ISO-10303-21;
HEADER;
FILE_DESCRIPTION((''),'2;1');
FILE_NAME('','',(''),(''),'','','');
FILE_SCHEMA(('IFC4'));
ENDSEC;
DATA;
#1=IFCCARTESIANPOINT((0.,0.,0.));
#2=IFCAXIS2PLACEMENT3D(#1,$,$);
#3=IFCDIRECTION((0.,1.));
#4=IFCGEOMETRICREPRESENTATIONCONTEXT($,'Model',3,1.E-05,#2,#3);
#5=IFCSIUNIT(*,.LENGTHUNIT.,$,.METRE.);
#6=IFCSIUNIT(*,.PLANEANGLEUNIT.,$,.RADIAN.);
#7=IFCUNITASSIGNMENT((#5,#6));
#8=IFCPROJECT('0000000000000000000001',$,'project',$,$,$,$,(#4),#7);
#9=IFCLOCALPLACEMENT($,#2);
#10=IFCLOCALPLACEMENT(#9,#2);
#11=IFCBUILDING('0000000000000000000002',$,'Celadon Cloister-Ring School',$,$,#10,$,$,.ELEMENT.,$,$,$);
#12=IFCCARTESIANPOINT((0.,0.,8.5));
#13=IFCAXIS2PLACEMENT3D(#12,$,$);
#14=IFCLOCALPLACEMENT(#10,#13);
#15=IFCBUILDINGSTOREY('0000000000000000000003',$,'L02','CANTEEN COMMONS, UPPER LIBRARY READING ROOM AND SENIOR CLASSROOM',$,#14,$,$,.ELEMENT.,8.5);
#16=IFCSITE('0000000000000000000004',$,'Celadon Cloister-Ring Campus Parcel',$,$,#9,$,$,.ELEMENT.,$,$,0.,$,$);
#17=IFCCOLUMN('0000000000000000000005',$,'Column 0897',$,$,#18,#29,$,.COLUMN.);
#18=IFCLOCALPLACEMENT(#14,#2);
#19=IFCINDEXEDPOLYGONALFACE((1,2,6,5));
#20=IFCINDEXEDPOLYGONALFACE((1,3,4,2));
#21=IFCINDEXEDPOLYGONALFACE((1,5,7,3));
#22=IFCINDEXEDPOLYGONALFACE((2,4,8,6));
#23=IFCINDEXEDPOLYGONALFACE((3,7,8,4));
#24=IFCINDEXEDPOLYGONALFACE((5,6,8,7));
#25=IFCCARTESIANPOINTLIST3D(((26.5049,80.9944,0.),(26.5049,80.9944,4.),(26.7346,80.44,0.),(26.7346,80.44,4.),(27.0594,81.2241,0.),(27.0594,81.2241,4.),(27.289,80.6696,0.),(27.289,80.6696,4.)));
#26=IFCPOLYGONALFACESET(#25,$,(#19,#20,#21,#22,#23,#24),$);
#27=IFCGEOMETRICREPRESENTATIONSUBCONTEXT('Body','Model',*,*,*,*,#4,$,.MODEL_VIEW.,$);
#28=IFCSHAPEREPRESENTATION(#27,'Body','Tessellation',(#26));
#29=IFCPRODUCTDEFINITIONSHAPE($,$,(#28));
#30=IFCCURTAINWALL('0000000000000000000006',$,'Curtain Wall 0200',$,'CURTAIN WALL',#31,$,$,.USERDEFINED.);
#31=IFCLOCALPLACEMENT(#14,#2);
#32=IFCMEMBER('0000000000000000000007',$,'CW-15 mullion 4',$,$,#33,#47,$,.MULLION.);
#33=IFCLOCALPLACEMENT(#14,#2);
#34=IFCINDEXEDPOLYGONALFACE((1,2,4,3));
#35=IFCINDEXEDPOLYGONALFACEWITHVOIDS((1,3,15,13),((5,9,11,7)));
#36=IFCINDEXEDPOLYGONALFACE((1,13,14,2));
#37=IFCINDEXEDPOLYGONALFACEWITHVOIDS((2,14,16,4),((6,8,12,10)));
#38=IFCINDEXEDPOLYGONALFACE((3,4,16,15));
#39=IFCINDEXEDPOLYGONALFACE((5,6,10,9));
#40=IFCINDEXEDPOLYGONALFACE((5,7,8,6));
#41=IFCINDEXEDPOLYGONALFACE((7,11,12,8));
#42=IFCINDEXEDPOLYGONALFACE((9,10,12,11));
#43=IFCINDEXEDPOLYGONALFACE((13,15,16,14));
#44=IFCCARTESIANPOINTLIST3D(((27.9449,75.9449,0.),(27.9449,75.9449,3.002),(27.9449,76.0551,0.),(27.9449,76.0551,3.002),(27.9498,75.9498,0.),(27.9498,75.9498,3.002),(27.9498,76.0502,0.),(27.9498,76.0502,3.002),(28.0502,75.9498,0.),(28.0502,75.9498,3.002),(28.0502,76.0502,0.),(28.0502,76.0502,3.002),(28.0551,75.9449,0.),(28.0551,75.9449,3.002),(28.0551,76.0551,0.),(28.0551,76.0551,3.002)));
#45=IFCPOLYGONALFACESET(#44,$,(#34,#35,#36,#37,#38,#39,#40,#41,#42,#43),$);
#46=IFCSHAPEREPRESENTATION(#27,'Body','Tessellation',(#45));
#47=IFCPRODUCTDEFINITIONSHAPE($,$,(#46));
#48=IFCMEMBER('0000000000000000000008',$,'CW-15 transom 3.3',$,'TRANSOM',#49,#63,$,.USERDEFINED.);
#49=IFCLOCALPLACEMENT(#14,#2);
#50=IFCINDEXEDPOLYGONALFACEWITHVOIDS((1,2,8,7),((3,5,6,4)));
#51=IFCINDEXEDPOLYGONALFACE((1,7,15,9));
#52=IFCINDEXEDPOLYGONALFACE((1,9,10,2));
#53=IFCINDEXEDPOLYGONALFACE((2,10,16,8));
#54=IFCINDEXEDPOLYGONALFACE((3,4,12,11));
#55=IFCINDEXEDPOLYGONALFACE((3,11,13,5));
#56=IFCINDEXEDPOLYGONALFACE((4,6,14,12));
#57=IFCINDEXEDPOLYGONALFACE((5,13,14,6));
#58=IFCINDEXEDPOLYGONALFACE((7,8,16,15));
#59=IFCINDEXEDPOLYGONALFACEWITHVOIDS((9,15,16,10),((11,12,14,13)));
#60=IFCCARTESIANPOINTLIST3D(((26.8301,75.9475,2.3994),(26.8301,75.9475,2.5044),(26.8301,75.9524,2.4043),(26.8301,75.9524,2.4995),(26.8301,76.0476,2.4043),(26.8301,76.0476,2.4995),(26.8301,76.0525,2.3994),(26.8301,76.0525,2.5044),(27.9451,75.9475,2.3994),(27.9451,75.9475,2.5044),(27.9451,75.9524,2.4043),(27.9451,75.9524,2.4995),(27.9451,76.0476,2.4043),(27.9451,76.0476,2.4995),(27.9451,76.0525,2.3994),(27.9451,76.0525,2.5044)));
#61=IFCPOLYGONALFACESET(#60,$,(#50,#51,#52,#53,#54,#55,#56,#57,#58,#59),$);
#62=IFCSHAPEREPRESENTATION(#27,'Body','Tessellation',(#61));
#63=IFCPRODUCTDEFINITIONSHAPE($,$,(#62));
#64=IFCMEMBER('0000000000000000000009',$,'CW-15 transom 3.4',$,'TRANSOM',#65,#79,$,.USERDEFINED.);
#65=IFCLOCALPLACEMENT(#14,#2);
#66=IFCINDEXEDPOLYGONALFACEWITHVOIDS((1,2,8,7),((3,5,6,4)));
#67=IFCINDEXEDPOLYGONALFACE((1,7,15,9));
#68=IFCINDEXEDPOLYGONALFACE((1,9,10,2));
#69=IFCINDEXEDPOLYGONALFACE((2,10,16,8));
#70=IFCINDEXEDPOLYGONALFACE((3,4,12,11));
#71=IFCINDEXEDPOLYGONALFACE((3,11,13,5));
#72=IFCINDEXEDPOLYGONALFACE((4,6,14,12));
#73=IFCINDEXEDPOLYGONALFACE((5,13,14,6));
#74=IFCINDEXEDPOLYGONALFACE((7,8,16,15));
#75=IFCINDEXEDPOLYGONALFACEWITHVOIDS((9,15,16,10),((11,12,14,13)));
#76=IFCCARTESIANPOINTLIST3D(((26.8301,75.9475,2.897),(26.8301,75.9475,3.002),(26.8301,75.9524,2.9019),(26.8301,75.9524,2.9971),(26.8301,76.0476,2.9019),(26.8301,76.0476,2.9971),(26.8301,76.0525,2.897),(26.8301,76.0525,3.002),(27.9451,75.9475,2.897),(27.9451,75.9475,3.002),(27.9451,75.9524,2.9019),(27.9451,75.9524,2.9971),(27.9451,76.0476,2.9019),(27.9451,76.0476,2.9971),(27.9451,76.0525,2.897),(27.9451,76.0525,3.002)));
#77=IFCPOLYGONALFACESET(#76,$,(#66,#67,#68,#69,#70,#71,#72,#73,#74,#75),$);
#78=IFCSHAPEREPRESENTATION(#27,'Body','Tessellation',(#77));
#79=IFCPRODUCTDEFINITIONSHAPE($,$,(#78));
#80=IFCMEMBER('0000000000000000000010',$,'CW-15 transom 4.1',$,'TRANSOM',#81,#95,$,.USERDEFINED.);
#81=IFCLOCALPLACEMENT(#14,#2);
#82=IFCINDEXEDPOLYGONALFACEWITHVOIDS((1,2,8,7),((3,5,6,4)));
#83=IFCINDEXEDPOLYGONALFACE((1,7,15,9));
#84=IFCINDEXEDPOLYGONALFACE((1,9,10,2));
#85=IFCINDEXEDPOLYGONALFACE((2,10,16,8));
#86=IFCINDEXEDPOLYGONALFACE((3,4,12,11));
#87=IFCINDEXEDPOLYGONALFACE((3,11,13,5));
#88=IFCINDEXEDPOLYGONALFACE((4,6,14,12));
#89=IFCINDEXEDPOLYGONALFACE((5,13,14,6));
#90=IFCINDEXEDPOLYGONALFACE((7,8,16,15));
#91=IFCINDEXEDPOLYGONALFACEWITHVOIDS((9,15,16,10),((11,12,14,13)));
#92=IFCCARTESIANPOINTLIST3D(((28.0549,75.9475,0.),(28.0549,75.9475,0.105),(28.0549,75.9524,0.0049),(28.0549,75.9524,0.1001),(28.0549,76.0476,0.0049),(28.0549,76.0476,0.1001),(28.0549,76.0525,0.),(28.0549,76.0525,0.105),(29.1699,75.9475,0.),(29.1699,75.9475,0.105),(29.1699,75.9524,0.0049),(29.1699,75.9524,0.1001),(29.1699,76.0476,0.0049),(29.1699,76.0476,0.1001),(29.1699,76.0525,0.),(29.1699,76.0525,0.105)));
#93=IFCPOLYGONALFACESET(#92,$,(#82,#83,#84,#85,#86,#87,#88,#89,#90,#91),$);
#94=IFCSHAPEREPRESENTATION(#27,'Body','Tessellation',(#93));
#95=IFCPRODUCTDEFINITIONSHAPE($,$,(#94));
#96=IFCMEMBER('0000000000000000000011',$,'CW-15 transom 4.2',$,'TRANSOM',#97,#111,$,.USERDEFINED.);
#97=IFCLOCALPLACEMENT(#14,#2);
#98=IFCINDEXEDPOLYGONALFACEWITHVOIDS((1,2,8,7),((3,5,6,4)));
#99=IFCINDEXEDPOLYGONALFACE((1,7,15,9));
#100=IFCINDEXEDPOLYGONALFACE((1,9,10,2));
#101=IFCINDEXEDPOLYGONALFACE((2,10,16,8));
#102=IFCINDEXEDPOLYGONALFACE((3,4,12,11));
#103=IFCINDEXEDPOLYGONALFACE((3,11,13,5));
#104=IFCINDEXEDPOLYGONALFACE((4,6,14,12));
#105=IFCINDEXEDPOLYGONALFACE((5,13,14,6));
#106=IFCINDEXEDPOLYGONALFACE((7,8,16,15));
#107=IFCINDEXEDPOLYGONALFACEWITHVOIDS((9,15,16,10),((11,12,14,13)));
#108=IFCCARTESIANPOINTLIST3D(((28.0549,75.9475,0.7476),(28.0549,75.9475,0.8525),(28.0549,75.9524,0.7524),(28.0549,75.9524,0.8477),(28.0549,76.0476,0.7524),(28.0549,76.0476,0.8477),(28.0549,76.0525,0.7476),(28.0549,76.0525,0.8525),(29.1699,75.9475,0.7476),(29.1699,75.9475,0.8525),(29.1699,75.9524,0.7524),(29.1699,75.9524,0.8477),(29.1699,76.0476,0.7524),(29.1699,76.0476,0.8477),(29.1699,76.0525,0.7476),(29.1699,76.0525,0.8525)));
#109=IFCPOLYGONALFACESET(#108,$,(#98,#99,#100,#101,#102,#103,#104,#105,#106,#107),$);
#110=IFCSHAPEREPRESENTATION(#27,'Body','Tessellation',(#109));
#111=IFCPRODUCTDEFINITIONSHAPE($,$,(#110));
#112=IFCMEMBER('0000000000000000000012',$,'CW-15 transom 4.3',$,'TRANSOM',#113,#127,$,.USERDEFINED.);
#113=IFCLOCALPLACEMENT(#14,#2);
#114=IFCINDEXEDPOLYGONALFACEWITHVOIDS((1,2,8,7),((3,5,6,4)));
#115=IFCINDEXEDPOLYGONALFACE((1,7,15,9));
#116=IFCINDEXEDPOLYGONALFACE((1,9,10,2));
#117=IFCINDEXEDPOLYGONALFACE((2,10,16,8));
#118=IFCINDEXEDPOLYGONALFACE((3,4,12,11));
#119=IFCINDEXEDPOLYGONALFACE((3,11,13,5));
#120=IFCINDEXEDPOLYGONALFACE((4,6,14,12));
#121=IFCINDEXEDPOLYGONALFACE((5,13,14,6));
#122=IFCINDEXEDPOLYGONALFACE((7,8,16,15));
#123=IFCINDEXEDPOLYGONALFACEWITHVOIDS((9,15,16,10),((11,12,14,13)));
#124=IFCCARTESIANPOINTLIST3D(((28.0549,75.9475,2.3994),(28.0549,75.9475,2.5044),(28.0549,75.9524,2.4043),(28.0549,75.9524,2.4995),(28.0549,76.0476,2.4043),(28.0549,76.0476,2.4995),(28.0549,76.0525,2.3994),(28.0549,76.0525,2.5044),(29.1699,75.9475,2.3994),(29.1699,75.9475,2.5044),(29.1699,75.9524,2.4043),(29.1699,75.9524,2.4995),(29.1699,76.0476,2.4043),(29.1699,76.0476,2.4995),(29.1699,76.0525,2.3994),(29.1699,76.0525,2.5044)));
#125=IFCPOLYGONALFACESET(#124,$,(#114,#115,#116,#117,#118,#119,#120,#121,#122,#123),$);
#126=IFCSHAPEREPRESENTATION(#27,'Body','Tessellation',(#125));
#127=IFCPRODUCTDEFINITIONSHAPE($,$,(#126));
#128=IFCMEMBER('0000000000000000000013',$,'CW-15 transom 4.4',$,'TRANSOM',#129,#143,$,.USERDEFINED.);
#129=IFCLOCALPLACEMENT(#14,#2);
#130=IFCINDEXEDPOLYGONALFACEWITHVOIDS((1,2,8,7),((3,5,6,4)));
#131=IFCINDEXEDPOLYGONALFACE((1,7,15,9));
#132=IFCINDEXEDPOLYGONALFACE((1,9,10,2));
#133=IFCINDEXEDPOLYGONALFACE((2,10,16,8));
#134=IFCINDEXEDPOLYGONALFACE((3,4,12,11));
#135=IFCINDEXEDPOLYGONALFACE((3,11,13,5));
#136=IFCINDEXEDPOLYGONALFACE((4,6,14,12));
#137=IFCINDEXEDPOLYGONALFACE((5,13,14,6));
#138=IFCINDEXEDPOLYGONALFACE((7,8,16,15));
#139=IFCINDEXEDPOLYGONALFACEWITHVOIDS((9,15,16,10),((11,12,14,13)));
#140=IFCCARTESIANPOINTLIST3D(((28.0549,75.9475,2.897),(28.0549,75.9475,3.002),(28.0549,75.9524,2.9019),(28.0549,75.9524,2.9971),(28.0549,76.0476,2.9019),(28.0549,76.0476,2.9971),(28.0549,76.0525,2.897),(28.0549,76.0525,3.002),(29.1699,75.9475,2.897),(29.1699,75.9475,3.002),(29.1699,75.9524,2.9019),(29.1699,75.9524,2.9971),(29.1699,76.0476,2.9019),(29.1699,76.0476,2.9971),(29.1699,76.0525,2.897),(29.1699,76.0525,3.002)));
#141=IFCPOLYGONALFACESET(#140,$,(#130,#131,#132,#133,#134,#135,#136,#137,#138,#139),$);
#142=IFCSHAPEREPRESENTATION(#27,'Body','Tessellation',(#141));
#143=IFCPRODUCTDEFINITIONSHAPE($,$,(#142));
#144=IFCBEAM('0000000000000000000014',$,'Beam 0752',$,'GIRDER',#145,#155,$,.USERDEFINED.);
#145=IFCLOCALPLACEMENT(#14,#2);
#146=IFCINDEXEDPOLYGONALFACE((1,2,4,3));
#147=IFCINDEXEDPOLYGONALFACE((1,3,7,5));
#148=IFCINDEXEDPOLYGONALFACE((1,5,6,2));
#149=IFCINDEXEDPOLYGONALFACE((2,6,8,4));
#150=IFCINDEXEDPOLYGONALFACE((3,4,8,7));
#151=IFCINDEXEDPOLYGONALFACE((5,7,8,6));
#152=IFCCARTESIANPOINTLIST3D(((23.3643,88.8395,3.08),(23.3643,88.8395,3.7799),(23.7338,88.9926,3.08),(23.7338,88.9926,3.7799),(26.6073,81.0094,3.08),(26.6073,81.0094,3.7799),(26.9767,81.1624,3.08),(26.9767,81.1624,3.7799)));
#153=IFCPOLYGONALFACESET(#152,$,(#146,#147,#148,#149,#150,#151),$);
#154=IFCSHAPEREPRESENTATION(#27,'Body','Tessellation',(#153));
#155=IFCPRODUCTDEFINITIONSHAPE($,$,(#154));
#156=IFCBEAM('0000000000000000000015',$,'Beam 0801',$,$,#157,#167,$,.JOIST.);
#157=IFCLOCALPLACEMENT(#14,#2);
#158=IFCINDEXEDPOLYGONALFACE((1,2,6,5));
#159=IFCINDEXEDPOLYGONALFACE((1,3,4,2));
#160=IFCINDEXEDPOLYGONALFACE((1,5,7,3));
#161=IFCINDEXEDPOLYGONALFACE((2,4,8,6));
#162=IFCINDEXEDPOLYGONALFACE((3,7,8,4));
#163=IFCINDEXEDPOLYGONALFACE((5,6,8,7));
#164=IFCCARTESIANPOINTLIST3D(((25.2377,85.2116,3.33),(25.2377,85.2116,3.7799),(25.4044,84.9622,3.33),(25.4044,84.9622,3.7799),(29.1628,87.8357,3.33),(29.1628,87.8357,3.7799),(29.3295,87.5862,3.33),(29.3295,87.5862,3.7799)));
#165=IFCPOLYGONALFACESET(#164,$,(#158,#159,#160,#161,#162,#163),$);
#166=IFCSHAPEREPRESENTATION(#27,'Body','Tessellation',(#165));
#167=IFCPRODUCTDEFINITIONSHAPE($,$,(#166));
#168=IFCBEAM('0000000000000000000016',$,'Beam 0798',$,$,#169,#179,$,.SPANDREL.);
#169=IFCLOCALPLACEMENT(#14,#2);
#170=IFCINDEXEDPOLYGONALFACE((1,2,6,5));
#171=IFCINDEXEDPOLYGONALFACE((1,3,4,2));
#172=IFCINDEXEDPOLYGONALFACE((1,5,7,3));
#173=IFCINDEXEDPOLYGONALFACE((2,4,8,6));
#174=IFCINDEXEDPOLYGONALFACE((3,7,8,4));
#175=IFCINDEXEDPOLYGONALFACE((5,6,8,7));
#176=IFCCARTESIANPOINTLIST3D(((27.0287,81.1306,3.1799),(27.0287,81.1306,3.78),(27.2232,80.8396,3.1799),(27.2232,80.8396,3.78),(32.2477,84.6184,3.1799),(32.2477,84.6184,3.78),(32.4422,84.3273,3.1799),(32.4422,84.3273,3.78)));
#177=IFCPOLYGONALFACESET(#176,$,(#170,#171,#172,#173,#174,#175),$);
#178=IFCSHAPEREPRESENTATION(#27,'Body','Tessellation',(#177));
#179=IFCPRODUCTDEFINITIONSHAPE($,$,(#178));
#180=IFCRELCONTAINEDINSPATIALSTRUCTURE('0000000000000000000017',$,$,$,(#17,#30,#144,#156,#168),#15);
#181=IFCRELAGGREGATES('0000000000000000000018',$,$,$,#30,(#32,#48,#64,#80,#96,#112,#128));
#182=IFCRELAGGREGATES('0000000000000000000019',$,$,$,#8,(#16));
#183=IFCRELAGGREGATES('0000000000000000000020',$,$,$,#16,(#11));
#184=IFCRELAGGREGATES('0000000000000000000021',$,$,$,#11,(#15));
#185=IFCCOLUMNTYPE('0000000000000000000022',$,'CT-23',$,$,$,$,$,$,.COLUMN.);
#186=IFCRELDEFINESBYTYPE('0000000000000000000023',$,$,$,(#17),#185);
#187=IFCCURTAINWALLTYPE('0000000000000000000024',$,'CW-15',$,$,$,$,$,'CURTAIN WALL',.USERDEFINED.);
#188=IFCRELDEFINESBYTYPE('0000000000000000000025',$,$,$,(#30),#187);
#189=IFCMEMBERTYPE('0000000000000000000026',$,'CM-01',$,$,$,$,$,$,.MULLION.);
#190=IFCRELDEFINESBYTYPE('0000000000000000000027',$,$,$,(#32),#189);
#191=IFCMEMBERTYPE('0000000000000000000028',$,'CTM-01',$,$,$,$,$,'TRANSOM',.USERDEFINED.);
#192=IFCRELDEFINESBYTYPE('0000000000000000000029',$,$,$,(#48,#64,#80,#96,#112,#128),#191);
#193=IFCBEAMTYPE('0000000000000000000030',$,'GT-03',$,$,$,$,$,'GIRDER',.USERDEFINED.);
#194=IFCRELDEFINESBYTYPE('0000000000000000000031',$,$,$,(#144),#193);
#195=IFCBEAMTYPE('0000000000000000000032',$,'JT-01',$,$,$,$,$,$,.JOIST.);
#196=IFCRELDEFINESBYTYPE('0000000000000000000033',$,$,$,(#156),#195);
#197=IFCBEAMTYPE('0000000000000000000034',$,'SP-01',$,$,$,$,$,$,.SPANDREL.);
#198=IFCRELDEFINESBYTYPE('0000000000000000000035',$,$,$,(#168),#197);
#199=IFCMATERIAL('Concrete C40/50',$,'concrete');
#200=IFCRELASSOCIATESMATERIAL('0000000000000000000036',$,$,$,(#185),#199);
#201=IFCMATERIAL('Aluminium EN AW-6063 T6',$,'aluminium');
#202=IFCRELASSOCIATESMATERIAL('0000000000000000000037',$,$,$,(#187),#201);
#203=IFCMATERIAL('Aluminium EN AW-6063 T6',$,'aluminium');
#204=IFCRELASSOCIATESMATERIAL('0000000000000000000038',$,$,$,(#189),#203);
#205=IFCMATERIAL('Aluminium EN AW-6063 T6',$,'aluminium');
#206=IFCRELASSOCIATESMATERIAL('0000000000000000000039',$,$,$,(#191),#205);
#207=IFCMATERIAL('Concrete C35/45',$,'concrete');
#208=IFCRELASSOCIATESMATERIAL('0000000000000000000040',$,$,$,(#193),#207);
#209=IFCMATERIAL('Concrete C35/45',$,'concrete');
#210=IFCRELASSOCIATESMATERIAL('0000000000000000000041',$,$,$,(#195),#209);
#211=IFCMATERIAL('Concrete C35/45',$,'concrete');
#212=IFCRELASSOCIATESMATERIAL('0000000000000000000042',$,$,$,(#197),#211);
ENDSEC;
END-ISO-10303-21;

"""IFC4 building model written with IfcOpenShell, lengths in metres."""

from ifc_helpers import new_model, si_unit, direction, frame, origin, origin_2d, place, context, subcontext, project, spatial, rectangle, hollow_rectangle, extrude, material, material_profile, profile_set, type_object, element, aggregate, save


model = new_model("IFC4")

# Units and contexts
model_context = context("Model", 3, precision=1e-05, world=origin(), true_north=direction((0.0, 1.0)))
body_context = subcontext(model_context, "Body", "Model", "MODEL_VIEW")
ifc_project = project(units=[si_unit("LENGTHUNIT", "METRE"), si_unit("PLANEANGLEUNIT", "RADIAN")], contexts=[model_context])

# Site, building, storey
site_placement = place(None, origin())
site = spatial("IfcSite", under=ifc_project, at=site_placement, Name="Celadon Cloister-Ring Campus Parcel", CompositionType="ELEMENT", RefElevation=0.0)
building_placement = place(site_placement, origin())
building = spatial("IfcBuilding", under=site, at=building_placement, Name="Celadon Cloister-Ring School", CompositionType="ELEMENT")
storey_placement = place(building_placement, frame((0.0, 0.0, 8.5)))
storey = spatial("IfcBuildingStorey", under=building, at=storey_placement, Name="L02", Description="CANTEEN COMMONS, UPPER LIBRARY READING ROOM AND SENIOR CLASSROOM", CompositionType="ELEMENT", Elevation=8.5)

# Column
ifc_material_1 = material(Name="Concrete C40/50", Category="concrete")
ifc_material_profile_1 = material_profile(ifc_material_1, rectangle(XDim=0.6001, YDim=0.6001, at=origin_2d()), Name="RC600X600")
ifc_profile_set_1 = profile_set([ifc_material_profile_1], Name="Concrete C40/50")
column_type = type_object("IfcColumnType", Name="CT-23", PredefinedType="COLUMN", material=ifc_profile_set_1)
column_placement = place(storey_placement, frame((26.897, 80.832, 0.0), z_axis=(0.0, 0.0, 1.0), x_axis=(0.382683, -0.92388, 0.0)))
element("IfcColumn", 1, at=column_placement, inside=storey, type_object=column_type, Name="Column 0897", PredefinedType="COLUMN", context=body_context, shape_type="SweptSolid", body=[
    extrude(rectangle(XDim=0.6001, YDim=0.6001, at=origin_2d()), origin(), (0.0, 0.0, 1.0), 4.0),
])

# Curtain wall, members
ifc_material_2 = material(Name="Aluminium EN AW-6063 T6", Category="aluminium")
curtain_wall_type = type_object("IfcCurtainWallType", Name="CW-15", ElementType="CURTAIN WALL", PredefinedType="USERDEFINED", material=ifc_material_2)
curtain_wall_placement = place(storey_placement, origin())
curtain_wall = element("IfcCurtainWall", 2, at=curtain_wall_placement, inside=storey, type_object=curtain_wall_type, Name="Curtain Wall 0200", ObjectType="CURTAIN WALL", PredefinedType="USERDEFINED")
ifc_material_3 = material(Name="Aluminium EN AW-6063 T6", Category="aluminium")
ifc_material_profile_2 = material_profile(ifc_material_3, hollow_rectangle(XDim=0.1101, YDim=0.1101, WallThickness=0.0049, at=origin_2d()), Name="RHS110X110X5")
ifc_profile_set_2 = profile_set([ifc_material_profile_2], Name="Aluminium EN AW-6063 T6")
member_type_1 = type_object("IfcMemberType", Name="CM-01", PredefinedType="MULLION", material=ifc_profile_set_2)
member_1_placement = place(storey_placement, frame((28.0, 76.0, 0.0), z_axis=(0.0, 0.0, 1.0), x_axis=(0.0, 1.0, 0.0)))
member_1 = element("IfcMember", 3, at=member_1_placement, type_object=member_type_1, Name="CW-15 mullion 4", PredefinedType="MULLION", context=body_context, shape_type="SweptSolid", body=[
    extrude(hollow_rectangle(XDim=0.1101, YDim=0.1101, WallThickness=0.0049, at=origin_2d()), origin(), (0.0, 0.0, 1.0), 3.002),
])
ifc_material_4 = material(Name="Aluminium EN AW-6063 T6", Category="aluminium")
ifc_material_profile_3 = material_profile(ifc_material_4, hollow_rectangle(XDim=0.105, YDim=0.105, WallThickness=0.0049, at=origin_2d()), Name="RHS105X105X5")
ifc_profile_set_3 = profile_set([ifc_material_profile_3], Name="Aluminium EN AW-6063 T6")
member_type_2 = type_object("IfcMemberType", Name="CTM-01", ElementType="TRANSOM", PredefinedType="USERDEFINED", material=ifc_profile_set_3)
member_2_placement = place(storey_placement, frame((26.8301, 76.0, 2.4519), z_axis=(1.0, 0.0, 0.0), x_axis=(0.0, 1.0, 0.0)))
member_2 = element("IfcMember", 4, at=member_2_placement, type_object=member_type_2, Name="CW-15 transom 3.3", ObjectType="TRANSOM", PredefinedType="USERDEFINED", context=body_context, shape_type="SweptSolid", body=[
    extrude(hollow_rectangle(XDim=0.105, YDim=0.105, WallThickness=0.0049, at=origin_2d()), origin(), (0.0, 0.0, 1.0), 1.115),
])
member_3_placement = place(storey_placement, frame((26.8301, 76.0, 2.9495), z_axis=(1.0, 0.0, 0.0), x_axis=(0.0, 1.0, 0.0)))
member_3 = element("IfcMember", 5, at=member_3_placement, type_object=member_type_2, Name="CW-15 transom 3.4", ObjectType="TRANSOM", PredefinedType="USERDEFINED", context=body_context, shape_type="SweptSolid", body=[
    extrude(hollow_rectangle(XDim=0.105, YDim=0.105, WallThickness=0.0049, at=origin_2d()), origin(), (0.0, 0.0, 1.0), 1.115),
])
member_4_placement = place(storey_placement, frame((28.0549, 76.0, 0.0525), z_axis=(1.0, 0.0, 0.0), x_axis=(0.0, 1.0, 0.0)))
member_4 = element("IfcMember", 6, at=member_4_placement, type_object=member_type_2, Name="CW-15 transom 4.1", ObjectType="TRANSOM", PredefinedType="USERDEFINED", context=body_context, shape_type="SweptSolid", body=[
    extrude(hollow_rectangle(XDim=0.105, YDim=0.105, WallThickness=0.0049, at=origin_2d()), origin(), (0.0, 0.0, 1.0), 1.115),
])
member_5_placement = place(storey_placement, frame((28.0549, 76.0, 0.8), z_axis=(1.0, 0.0, 0.0), x_axis=(0.0, 1.0, 0.0)))
member_5 = element("IfcMember", 7, at=member_5_placement, type_object=member_type_2, Name="CW-15 transom 4.2", ObjectType="TRANSOM", PredefinedType="USERDEFINED", context=body_context, shape_type="SweptSolid", body=[
    extrude(hollow_rectangle(XDim=0.105, YDim=0.105, WallThickness=0.0049, at=origin_2d()), origin(), (0.0, 0.0, 1.0), 1.115),
])
member_6_placement = place(storey_placement, frame((28.0549, 76.0, 2.4519), z_axis=(1.0, 0.0, 0.0), x_axis=(0.0, 1.0, 0.0)))
member_6 = element("IfcMember", 8, at=member_6_placement, type_object=member_type_2, Name="CW-15 transom 4.3", ObjectType="TRANSOM", PredefinedType="USERDEFINED", context=body_context, shape_type="SweptSolid", body=[
    extrude(hollow_rectangle(XDim=0.105, YDim=0.105, WallThickness=0.0049, at=origin_2d()), origin(), (0.0, 0.0, 1.0), 1.115),
])
member_7_placement = place(storey_placement, frame((28.0549, 76.0, 2.9495), z_axis=(1.0, 0.0, 0.0), x_axis=(0.0, 1.0, 0.0)))
member_7 = element("IfcMember", 9, at=member_7_placement, type_object=member_type_2, Name="CW-15 transom 4.4", ObjectType="TRANSOM", PredefinedType="USERDEFINED", context=body_context, shape_type="SweptSolid", body=[
    extrude(hollow_rectangle(XDim=0.105, YDim=0.105, WallThickness=0.0049, at=origin_2d()), origin(), (0.0, 0.0, 1.0), 1.115),
])

# Beams
ifc_material_5 = material(Name="Concrete C35/45", Category="concrete")
ifc_material_profile_4 = material_profile(ifc_material_5, rectangle(XDim=0.3999, YDim=0.7, at=origin_2d()), Name="RC400X700")
ifc_profile_set_4 = profile_set([ifc_material_profile_4], Name="Concrete C35/45")
beam_type_1 = type_object("IfcBeamType", Name="GT-03", ElementType="GIRDER", PredefinedType="USERDEFINED", material=ifc_profile_set_4)
beam_1_placement = place(storey_placement, frame((26.792, 81.0859, 3.4299), z_axis=(-0.382643, 0.923896, 0.0), x_axis=(-0.923896, -0.382643, 0.0)))
element("IfcBeam", 10, at=beam_1_placement, inside=storey, type_object=beam_type_1, Name="Beam 0752", ObjectType="GIRDER", PredefinedType="USERDEFINED", context=body_context, shape_type="SweptSolid", body=[
    extrude(rectangle(XDim=0.3999, YDim=0.7, at=origin_2d()), origin(), (0.0, 0.0, 1.0), 8.4751),
])
ifc_material_6 = material(Name="Concrete C35/45", Category="concrete")
ifc_material_profile_5 = material_profile(ifc_material_6, rectangle(XDim=0.3, YDim=0.45, at=origin_2d()), Name="RC300X450")
ifc_profile_set_5 = profile_set([ifc_material_profile_5], Name="Concrete C35/45")
beam_type_2 = type_object("IfcBeamType", Name="JT-01", PredefinedType="JOIST", material=ifc_profile_set_5)
beam_2_placement = place(storey_placement, frame((25.321, 85.0869, 3.5549), z_axis=(0.831334, 0.555774, 0.0), x_axis=(-0.555774, 0.831334, 0.0)))
element("IfcBeam", 11, at=beam_2_placement, inside=storey, type_object=beam_type_2, Name="Beam 0801", PredefinedType="JOIST", context=body_context, shape_type="SweptSolid", body=[
    extrude(rectangle(XDim=0.3, YDim=0.45, at=origin_2d()), origin(), (0.0, 0.0, 1.0), 4.7214),
])
ifc_material_7 = material(Name="Concrete C35/45", Category="concrete")
ifc_material_profile_6 = material_profile(ifc_material_7, rectangle(XDim=0.3501, YDim=0.6001, at=origin_2d()), Name="RC350X600")
ifc_profile_set_6 = profile_set([ifc_material_profile_6], Name="Concrete C35/45")
beam_type_3 = type_object("IfcBeamType", Name="SP-01", PredefinedType="SPANDREL", material=ifc_profile_set_6)
beam_3_placement = place(storey_placement, frame((27.126, 80.9851, 3.48), z_axis=(0.831427, 0.555633, 0.0), x_axis=(-0.555633, 0.831427, 0.0)))
element("IfcBeam", 12, at=beam_3_placement, inside=storey, type_object=beam_type_3, Name="Beam 0798", PredefinedType="SPANDREL", context=body_context, shape_type="SweptSolid", body=[
    extrude(rectangle(XDim=0.3501, YDim=0.6001, at=origin_2d()), origin(), (0.0, 0.0, 1.0), 6.2771),
])

aggregate(curtain_wall, [member_1, member_2, member_3, member_4, member_5, member_6, member_7])

save(model, "model.ifc")
